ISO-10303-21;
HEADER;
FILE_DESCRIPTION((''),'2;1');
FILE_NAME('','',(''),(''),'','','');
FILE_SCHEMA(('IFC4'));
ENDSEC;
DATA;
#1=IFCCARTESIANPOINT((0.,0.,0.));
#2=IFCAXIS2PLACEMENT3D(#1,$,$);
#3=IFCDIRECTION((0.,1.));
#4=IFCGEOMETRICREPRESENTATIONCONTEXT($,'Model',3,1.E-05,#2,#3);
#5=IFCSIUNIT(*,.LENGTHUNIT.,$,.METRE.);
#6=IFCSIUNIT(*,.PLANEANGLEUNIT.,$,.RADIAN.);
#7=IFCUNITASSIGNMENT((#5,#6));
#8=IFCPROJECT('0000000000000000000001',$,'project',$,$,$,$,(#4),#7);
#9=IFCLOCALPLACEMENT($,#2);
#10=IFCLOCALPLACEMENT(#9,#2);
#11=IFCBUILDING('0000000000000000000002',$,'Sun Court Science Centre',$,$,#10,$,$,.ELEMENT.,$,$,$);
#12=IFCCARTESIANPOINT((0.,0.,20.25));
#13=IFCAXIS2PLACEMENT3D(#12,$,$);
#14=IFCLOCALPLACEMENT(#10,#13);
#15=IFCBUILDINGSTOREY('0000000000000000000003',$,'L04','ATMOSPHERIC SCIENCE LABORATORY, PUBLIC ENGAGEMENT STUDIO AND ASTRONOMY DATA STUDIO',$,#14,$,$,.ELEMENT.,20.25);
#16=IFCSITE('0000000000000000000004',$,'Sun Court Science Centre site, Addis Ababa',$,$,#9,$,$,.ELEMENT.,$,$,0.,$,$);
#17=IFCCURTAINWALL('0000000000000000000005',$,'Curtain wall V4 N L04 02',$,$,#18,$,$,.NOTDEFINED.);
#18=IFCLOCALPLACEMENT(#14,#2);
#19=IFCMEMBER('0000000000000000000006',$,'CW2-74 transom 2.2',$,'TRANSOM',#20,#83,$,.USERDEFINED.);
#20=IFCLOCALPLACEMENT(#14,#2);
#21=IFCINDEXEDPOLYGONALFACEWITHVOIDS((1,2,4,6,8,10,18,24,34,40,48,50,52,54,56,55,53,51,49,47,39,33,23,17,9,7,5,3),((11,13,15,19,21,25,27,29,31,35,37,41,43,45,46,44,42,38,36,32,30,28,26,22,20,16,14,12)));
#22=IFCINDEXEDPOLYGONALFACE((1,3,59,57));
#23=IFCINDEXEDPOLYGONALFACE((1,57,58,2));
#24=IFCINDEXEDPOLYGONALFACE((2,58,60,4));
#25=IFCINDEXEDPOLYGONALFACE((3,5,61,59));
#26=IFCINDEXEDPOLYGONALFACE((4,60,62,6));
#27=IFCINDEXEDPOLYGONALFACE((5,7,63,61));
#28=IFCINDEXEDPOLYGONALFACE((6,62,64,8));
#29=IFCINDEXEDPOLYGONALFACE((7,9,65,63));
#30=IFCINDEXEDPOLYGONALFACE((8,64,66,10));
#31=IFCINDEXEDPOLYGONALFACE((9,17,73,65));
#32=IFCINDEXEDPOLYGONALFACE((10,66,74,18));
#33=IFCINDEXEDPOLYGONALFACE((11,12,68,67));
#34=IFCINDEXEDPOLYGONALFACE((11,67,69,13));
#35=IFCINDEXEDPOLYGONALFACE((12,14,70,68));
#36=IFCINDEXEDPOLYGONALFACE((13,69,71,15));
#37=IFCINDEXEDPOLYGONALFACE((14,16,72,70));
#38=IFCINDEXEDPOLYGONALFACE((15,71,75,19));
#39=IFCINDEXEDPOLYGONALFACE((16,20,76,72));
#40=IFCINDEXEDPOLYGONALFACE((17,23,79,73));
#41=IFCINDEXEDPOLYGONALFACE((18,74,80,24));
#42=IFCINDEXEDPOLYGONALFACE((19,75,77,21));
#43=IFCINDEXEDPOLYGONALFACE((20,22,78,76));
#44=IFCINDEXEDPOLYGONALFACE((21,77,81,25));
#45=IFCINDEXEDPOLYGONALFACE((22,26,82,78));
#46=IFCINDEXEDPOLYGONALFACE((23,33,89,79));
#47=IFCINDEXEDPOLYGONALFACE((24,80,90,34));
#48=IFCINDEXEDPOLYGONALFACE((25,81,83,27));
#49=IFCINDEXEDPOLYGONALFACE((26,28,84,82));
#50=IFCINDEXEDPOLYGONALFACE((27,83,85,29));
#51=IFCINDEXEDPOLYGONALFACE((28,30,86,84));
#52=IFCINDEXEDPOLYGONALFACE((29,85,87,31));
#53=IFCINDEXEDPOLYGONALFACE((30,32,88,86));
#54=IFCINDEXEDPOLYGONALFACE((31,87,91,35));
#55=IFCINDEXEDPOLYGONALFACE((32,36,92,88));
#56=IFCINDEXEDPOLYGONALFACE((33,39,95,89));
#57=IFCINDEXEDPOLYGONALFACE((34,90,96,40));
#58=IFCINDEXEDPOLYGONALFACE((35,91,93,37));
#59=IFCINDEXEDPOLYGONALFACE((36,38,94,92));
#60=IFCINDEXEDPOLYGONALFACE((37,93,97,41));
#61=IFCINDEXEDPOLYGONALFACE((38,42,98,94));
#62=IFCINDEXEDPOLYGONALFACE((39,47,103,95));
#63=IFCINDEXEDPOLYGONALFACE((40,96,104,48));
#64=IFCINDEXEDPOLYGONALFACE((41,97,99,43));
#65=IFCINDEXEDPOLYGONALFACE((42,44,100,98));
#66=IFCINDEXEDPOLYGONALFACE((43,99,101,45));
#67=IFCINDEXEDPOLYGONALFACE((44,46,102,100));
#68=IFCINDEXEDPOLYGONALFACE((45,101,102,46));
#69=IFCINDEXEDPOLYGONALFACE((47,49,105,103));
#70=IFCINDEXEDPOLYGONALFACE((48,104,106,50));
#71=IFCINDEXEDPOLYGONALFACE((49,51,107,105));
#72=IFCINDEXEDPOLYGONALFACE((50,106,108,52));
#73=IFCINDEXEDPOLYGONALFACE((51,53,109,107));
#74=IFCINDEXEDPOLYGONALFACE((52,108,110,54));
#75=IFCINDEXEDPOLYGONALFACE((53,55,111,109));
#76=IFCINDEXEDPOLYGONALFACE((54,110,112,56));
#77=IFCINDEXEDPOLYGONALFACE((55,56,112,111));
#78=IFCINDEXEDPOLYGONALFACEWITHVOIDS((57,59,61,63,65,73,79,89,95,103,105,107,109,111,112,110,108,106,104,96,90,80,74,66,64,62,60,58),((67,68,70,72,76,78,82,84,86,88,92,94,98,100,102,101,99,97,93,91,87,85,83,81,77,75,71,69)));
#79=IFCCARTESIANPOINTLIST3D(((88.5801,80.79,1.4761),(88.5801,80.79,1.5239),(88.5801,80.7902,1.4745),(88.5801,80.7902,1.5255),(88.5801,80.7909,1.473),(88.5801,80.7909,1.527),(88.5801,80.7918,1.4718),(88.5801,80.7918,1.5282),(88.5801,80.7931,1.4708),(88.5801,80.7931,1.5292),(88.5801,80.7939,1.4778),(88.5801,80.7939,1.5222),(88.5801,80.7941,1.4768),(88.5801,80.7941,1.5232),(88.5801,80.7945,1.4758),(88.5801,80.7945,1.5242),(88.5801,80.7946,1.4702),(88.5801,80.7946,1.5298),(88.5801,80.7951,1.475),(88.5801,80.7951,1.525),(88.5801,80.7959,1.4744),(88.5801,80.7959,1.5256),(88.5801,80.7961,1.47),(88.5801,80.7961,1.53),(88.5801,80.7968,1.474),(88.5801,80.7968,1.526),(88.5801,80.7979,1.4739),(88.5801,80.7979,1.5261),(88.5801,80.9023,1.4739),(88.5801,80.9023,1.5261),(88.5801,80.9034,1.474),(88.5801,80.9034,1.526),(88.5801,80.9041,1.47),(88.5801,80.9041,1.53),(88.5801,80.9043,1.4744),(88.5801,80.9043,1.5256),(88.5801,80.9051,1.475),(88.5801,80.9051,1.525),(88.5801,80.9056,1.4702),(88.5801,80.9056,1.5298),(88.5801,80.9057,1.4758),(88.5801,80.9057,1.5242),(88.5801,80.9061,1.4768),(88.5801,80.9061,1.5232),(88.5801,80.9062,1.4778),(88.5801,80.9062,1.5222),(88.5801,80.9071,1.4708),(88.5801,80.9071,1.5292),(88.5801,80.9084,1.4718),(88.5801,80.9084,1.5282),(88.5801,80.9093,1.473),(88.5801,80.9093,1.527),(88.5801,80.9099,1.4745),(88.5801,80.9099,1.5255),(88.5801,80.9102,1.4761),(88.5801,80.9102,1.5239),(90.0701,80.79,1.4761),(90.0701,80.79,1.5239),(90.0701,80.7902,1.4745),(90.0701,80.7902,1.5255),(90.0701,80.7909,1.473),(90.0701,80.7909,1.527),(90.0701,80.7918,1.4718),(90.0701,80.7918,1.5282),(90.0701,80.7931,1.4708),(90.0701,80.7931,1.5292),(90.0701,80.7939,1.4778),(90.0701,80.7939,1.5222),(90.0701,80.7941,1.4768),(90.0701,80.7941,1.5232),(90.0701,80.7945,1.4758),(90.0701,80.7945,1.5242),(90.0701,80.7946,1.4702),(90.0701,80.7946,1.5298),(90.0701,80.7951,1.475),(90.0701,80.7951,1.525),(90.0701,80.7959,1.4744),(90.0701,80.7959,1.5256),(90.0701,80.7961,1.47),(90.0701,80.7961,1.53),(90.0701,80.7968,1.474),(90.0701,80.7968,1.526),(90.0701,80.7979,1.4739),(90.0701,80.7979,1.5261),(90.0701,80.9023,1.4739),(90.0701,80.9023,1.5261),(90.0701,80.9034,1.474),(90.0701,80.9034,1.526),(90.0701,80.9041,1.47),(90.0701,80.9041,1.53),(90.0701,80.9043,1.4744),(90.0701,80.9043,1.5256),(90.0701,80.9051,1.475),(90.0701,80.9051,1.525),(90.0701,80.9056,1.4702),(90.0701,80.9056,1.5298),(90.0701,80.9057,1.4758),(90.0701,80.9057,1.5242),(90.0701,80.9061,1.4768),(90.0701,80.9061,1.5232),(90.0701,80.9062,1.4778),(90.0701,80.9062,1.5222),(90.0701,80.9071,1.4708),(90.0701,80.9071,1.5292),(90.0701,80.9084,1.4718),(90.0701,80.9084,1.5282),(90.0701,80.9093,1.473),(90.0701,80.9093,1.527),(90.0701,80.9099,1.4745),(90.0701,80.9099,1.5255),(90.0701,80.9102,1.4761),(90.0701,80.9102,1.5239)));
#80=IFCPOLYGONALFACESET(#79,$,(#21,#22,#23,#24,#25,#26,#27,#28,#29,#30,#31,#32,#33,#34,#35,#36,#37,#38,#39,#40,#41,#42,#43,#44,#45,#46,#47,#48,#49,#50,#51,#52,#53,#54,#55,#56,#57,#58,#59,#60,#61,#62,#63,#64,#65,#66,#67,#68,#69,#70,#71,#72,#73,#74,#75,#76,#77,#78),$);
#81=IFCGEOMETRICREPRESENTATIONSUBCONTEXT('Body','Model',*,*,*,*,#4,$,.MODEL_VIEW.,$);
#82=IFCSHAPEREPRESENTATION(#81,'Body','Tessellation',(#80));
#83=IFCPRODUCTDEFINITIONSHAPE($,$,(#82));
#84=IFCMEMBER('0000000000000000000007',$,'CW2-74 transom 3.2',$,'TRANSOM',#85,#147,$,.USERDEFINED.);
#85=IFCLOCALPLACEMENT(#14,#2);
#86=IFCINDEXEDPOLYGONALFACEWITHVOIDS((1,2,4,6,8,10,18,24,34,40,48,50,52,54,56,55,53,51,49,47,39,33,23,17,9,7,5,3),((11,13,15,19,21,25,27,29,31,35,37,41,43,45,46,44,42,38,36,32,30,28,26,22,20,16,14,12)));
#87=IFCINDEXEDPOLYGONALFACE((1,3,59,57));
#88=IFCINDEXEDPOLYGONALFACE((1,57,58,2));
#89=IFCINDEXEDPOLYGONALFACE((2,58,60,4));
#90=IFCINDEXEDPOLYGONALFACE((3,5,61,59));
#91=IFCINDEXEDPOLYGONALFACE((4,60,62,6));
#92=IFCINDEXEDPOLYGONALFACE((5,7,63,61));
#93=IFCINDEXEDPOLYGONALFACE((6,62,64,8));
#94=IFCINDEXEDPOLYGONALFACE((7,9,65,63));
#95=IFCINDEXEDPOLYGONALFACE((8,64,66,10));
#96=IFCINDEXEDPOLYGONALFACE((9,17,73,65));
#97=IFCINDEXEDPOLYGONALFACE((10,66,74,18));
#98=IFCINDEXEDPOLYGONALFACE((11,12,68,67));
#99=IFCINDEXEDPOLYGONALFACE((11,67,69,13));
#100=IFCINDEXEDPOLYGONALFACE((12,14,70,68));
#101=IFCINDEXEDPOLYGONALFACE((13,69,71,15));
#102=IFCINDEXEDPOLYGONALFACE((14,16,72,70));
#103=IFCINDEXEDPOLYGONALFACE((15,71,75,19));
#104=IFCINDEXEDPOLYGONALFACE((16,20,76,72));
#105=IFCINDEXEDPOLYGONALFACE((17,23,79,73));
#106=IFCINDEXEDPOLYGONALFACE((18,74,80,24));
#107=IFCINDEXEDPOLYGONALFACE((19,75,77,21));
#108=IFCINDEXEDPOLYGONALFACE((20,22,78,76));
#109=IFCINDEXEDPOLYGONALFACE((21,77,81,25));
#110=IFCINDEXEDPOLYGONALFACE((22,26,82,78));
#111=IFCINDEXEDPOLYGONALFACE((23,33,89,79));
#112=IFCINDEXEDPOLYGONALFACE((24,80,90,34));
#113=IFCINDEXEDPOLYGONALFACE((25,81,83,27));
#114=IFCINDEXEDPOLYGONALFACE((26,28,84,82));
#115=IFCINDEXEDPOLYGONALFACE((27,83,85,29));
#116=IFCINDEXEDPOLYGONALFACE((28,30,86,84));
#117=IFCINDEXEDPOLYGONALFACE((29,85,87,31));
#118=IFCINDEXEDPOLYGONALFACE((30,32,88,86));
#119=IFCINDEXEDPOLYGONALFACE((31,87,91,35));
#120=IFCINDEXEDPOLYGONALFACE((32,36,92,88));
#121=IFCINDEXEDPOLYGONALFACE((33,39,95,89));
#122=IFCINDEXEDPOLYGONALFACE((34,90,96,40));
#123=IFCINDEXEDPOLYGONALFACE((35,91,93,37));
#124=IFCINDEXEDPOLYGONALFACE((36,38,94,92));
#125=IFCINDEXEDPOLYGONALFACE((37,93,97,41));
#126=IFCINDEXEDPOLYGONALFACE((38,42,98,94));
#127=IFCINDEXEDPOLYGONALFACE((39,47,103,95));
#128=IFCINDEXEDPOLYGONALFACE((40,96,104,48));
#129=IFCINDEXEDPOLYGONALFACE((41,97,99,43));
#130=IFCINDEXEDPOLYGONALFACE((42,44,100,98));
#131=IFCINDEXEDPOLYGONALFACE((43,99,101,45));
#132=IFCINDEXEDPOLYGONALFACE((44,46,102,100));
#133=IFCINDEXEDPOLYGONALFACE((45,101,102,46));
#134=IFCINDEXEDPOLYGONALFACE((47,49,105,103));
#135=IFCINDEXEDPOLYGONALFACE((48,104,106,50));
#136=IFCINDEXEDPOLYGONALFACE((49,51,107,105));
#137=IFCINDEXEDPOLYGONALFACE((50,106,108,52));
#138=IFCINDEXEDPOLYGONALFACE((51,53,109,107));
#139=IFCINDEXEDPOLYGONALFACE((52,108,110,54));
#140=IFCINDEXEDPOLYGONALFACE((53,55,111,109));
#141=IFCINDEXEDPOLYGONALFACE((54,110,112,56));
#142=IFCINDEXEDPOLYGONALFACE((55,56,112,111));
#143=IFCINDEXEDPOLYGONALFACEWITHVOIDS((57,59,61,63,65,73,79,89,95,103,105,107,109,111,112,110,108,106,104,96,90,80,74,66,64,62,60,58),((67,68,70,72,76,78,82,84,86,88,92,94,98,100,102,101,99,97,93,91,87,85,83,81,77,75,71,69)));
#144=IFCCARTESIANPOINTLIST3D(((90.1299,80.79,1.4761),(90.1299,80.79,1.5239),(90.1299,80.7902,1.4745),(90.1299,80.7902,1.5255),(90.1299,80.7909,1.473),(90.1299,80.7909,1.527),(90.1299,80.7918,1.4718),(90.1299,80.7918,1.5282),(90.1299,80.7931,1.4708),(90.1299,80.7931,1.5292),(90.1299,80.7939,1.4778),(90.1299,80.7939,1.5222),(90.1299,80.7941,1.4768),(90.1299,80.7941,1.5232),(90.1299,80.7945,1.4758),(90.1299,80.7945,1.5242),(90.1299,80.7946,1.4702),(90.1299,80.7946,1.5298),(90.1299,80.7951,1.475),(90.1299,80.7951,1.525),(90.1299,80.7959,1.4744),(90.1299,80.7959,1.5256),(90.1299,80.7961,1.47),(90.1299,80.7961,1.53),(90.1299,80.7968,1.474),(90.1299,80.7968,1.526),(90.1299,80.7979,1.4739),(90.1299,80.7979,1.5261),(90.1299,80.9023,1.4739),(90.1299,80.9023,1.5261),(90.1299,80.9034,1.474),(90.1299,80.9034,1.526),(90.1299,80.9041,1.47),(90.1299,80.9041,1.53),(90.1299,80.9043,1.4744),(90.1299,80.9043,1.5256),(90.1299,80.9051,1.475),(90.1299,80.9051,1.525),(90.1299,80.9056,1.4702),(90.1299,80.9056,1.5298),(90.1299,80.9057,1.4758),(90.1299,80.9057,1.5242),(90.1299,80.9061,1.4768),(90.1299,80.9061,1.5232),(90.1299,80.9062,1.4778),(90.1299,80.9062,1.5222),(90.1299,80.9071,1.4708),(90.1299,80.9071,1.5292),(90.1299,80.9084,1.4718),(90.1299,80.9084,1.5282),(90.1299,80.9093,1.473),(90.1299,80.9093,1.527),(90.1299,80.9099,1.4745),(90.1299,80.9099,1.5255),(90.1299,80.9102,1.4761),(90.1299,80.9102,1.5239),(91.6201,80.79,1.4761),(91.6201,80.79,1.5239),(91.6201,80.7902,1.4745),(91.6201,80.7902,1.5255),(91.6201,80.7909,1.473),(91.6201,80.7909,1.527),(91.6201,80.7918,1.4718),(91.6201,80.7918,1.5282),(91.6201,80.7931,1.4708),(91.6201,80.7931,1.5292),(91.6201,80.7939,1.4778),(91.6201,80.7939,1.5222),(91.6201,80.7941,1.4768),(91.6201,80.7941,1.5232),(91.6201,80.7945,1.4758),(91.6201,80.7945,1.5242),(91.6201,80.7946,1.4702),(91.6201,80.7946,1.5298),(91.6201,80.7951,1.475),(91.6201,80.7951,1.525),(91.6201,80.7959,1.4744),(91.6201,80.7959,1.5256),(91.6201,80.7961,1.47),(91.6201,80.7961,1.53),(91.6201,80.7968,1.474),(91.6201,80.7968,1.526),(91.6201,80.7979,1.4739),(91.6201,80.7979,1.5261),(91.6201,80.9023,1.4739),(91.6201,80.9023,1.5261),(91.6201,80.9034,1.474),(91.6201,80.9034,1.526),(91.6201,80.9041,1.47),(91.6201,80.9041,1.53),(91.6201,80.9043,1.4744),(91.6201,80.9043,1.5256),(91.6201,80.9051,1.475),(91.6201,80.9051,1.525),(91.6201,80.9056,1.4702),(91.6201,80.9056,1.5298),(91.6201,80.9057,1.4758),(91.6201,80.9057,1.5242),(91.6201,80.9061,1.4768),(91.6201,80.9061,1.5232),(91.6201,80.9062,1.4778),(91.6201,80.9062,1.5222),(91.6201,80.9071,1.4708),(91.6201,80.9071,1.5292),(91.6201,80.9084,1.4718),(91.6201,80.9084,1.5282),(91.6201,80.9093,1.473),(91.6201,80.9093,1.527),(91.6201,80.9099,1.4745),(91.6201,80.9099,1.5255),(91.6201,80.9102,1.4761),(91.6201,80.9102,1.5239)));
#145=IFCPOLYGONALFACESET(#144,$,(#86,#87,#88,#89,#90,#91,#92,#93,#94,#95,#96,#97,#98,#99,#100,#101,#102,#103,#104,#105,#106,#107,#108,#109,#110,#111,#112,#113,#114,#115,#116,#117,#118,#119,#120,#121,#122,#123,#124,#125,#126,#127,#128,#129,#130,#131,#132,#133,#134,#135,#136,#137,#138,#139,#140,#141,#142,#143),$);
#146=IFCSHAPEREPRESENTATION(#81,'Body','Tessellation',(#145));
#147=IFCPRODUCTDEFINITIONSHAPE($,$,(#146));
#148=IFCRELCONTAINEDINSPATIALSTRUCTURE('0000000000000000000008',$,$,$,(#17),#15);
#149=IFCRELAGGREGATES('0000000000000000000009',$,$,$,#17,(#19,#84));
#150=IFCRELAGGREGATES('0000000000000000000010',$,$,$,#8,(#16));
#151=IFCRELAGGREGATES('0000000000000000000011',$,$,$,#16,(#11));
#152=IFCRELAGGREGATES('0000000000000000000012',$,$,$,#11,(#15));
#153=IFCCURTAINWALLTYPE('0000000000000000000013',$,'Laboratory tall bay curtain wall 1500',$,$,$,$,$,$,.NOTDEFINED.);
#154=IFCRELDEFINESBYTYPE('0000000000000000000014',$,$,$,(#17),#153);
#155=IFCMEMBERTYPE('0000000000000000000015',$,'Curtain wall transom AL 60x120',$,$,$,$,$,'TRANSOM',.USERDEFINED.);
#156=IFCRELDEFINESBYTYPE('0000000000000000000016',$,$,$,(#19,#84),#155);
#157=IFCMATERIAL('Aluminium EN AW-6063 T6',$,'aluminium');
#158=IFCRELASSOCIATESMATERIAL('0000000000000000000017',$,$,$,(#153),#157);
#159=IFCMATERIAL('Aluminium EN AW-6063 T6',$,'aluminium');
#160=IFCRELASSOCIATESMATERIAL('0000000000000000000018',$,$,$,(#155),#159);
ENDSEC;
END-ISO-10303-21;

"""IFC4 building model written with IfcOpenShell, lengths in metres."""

from ifc_helpers import new_model, si_unit, direction, frame, origin, origin_2d, place, context, subcontext, project, spatial, hollow_rectangle, extrude, material, material_profile, profile_set, type_object, element, aggregate, save


model = new_model("IFC4")

# Units and contexts
model_context = context("Model", 3, precision=1e-05, world=origin(), true_north=direction((0.0, 1.0)))
body_context = subcontext(model_context, "Body", "Model", "MODEL_VIEW")
ifc_project = project(units=[si_unit("LENGTHUNIT", "METRE"), si_unit("PLANEANGLEUNIT", "RADIAN")], contexts=[model_context])

# Site, building, storey
site_placement = place(None, origin())
site = spatial("IfcSite", under=ifc_project, at=site_placement, Name="Sun Court Science Centre site, Addis Ababa", CompositionType="ELEMENT", RefElevation=0.0)
building_placement = place(site_placement, origin())
building = spatial("IfcBuilding", under=site, at=building_placement, Name="Sun Court Science Centre", CompositionType="ELEMENT")
storey_placement = place(building_placement, frame((0.0, 0.0, 20.25)))
storey = spatial("IfcBuildingStorey", under=building, at=storey_placement, Name="L04", Description="ATMOSPHERIC SCIENCE LABORATORY, PUBLIC ENGAGEMENT STUDIO AND ASTRONOMY DATA STUDIO", CompositionType="ELEMENT", Elevation=20.25)

# Curtain wall, members
ifc_material_1 = material(Name="Aluminium EN AW-6063 T6", Category="aluminium")
curtain_wall_type = type_object("IfcCurtainWallType", Name="Laboratory tall bay curtain wall 1500", PredefinedType="NOTDEFINED", material=ifc_material_1)
curtain_wall_placement = place(storey_placement, origin())
curtain_wall = element("IfcCurtainWall", 1, at=curtain_wall_placement, inside=storey, type_object=curtain_wall_type, Name="Curtain wall V4 N L04 02", PredefinedType="NOTDEFINED")
ifc_material_2 = material(Name="Aluminium EN AW-6063 T6", Category="aluminium")
ifc_material_profile_1 = material_profile(ifc_material_2, hollow_rectangle(XDim=0.0601, YDim=0.1201, WallThickness=0.0039, InnerFilletRadius=0.0039, OuterFilletRadius=0.0061, at=origin_2d()), Name="AL 60x120x4")
ifc_profile_set_1 = profile_set([ifc_material_profile_1], Name="Aluminium EN AW-6063 T6")
member_type_1 = type_object("IfcMemberType", Name="Curtain wall transom AL 60x120", ElementType="TRANSOM", PredefinedType="USERDEFINED", material=ifc_profile_set_1)
member_1_placement = place(storey_placement, frame((88.5801, 80.8501, 1.5), z_axis=(1.0, 0.0, 0.0), x_axis=(0.0, 0.0, 1.0)))
member_1 = element("IfcMember", 2, at=member_1_placement, type_object=member_type_1, Name="CW2-74 transom 2.2", ObjectType="TRANSOM", PredefinedType="USERDEFINED", context=body_context, shape_type="SweptSolid", body=[
    extrude(hollow_rectangle(XDim=0.0601, YDim=0.1201, WallThickness=0.0039, InnerFilletRadius=0.0039, OuterFilletRadius=0.0061, at=origin_2d()), origin(), (0.0, 0.0, 1.0), 1.49),
])
member_2_placement = place(storey_placement, frame((90.1299, 80.8501, 1.5), z_axis=(1.0, 0.0, 0.0), x_axis=(0.0, 0.0, 1.0)))
member_2 = element("IfcMember", 3, at=member_2_placement, type_object=member_type_1, Name="CW2-74 transom 3.2", ObjectType="TRANSOM", PredefinedType="USERDEFINED", context=body_context, shape_type="SweptSolid", body=[
    extrude(hollow_rectangle(XDim=0.0601, YDim=0.1201, WallThickness=0.0039, InnerFilletRadius=0.0039, OuterFilletRadius=0.0061, at=origin_2d()), origin(), (0.0, 0.0, 1.0), 1.4902),
])

aggregate(curtain_wall, [member_1, member_2])

save(model, "model.ifc")
